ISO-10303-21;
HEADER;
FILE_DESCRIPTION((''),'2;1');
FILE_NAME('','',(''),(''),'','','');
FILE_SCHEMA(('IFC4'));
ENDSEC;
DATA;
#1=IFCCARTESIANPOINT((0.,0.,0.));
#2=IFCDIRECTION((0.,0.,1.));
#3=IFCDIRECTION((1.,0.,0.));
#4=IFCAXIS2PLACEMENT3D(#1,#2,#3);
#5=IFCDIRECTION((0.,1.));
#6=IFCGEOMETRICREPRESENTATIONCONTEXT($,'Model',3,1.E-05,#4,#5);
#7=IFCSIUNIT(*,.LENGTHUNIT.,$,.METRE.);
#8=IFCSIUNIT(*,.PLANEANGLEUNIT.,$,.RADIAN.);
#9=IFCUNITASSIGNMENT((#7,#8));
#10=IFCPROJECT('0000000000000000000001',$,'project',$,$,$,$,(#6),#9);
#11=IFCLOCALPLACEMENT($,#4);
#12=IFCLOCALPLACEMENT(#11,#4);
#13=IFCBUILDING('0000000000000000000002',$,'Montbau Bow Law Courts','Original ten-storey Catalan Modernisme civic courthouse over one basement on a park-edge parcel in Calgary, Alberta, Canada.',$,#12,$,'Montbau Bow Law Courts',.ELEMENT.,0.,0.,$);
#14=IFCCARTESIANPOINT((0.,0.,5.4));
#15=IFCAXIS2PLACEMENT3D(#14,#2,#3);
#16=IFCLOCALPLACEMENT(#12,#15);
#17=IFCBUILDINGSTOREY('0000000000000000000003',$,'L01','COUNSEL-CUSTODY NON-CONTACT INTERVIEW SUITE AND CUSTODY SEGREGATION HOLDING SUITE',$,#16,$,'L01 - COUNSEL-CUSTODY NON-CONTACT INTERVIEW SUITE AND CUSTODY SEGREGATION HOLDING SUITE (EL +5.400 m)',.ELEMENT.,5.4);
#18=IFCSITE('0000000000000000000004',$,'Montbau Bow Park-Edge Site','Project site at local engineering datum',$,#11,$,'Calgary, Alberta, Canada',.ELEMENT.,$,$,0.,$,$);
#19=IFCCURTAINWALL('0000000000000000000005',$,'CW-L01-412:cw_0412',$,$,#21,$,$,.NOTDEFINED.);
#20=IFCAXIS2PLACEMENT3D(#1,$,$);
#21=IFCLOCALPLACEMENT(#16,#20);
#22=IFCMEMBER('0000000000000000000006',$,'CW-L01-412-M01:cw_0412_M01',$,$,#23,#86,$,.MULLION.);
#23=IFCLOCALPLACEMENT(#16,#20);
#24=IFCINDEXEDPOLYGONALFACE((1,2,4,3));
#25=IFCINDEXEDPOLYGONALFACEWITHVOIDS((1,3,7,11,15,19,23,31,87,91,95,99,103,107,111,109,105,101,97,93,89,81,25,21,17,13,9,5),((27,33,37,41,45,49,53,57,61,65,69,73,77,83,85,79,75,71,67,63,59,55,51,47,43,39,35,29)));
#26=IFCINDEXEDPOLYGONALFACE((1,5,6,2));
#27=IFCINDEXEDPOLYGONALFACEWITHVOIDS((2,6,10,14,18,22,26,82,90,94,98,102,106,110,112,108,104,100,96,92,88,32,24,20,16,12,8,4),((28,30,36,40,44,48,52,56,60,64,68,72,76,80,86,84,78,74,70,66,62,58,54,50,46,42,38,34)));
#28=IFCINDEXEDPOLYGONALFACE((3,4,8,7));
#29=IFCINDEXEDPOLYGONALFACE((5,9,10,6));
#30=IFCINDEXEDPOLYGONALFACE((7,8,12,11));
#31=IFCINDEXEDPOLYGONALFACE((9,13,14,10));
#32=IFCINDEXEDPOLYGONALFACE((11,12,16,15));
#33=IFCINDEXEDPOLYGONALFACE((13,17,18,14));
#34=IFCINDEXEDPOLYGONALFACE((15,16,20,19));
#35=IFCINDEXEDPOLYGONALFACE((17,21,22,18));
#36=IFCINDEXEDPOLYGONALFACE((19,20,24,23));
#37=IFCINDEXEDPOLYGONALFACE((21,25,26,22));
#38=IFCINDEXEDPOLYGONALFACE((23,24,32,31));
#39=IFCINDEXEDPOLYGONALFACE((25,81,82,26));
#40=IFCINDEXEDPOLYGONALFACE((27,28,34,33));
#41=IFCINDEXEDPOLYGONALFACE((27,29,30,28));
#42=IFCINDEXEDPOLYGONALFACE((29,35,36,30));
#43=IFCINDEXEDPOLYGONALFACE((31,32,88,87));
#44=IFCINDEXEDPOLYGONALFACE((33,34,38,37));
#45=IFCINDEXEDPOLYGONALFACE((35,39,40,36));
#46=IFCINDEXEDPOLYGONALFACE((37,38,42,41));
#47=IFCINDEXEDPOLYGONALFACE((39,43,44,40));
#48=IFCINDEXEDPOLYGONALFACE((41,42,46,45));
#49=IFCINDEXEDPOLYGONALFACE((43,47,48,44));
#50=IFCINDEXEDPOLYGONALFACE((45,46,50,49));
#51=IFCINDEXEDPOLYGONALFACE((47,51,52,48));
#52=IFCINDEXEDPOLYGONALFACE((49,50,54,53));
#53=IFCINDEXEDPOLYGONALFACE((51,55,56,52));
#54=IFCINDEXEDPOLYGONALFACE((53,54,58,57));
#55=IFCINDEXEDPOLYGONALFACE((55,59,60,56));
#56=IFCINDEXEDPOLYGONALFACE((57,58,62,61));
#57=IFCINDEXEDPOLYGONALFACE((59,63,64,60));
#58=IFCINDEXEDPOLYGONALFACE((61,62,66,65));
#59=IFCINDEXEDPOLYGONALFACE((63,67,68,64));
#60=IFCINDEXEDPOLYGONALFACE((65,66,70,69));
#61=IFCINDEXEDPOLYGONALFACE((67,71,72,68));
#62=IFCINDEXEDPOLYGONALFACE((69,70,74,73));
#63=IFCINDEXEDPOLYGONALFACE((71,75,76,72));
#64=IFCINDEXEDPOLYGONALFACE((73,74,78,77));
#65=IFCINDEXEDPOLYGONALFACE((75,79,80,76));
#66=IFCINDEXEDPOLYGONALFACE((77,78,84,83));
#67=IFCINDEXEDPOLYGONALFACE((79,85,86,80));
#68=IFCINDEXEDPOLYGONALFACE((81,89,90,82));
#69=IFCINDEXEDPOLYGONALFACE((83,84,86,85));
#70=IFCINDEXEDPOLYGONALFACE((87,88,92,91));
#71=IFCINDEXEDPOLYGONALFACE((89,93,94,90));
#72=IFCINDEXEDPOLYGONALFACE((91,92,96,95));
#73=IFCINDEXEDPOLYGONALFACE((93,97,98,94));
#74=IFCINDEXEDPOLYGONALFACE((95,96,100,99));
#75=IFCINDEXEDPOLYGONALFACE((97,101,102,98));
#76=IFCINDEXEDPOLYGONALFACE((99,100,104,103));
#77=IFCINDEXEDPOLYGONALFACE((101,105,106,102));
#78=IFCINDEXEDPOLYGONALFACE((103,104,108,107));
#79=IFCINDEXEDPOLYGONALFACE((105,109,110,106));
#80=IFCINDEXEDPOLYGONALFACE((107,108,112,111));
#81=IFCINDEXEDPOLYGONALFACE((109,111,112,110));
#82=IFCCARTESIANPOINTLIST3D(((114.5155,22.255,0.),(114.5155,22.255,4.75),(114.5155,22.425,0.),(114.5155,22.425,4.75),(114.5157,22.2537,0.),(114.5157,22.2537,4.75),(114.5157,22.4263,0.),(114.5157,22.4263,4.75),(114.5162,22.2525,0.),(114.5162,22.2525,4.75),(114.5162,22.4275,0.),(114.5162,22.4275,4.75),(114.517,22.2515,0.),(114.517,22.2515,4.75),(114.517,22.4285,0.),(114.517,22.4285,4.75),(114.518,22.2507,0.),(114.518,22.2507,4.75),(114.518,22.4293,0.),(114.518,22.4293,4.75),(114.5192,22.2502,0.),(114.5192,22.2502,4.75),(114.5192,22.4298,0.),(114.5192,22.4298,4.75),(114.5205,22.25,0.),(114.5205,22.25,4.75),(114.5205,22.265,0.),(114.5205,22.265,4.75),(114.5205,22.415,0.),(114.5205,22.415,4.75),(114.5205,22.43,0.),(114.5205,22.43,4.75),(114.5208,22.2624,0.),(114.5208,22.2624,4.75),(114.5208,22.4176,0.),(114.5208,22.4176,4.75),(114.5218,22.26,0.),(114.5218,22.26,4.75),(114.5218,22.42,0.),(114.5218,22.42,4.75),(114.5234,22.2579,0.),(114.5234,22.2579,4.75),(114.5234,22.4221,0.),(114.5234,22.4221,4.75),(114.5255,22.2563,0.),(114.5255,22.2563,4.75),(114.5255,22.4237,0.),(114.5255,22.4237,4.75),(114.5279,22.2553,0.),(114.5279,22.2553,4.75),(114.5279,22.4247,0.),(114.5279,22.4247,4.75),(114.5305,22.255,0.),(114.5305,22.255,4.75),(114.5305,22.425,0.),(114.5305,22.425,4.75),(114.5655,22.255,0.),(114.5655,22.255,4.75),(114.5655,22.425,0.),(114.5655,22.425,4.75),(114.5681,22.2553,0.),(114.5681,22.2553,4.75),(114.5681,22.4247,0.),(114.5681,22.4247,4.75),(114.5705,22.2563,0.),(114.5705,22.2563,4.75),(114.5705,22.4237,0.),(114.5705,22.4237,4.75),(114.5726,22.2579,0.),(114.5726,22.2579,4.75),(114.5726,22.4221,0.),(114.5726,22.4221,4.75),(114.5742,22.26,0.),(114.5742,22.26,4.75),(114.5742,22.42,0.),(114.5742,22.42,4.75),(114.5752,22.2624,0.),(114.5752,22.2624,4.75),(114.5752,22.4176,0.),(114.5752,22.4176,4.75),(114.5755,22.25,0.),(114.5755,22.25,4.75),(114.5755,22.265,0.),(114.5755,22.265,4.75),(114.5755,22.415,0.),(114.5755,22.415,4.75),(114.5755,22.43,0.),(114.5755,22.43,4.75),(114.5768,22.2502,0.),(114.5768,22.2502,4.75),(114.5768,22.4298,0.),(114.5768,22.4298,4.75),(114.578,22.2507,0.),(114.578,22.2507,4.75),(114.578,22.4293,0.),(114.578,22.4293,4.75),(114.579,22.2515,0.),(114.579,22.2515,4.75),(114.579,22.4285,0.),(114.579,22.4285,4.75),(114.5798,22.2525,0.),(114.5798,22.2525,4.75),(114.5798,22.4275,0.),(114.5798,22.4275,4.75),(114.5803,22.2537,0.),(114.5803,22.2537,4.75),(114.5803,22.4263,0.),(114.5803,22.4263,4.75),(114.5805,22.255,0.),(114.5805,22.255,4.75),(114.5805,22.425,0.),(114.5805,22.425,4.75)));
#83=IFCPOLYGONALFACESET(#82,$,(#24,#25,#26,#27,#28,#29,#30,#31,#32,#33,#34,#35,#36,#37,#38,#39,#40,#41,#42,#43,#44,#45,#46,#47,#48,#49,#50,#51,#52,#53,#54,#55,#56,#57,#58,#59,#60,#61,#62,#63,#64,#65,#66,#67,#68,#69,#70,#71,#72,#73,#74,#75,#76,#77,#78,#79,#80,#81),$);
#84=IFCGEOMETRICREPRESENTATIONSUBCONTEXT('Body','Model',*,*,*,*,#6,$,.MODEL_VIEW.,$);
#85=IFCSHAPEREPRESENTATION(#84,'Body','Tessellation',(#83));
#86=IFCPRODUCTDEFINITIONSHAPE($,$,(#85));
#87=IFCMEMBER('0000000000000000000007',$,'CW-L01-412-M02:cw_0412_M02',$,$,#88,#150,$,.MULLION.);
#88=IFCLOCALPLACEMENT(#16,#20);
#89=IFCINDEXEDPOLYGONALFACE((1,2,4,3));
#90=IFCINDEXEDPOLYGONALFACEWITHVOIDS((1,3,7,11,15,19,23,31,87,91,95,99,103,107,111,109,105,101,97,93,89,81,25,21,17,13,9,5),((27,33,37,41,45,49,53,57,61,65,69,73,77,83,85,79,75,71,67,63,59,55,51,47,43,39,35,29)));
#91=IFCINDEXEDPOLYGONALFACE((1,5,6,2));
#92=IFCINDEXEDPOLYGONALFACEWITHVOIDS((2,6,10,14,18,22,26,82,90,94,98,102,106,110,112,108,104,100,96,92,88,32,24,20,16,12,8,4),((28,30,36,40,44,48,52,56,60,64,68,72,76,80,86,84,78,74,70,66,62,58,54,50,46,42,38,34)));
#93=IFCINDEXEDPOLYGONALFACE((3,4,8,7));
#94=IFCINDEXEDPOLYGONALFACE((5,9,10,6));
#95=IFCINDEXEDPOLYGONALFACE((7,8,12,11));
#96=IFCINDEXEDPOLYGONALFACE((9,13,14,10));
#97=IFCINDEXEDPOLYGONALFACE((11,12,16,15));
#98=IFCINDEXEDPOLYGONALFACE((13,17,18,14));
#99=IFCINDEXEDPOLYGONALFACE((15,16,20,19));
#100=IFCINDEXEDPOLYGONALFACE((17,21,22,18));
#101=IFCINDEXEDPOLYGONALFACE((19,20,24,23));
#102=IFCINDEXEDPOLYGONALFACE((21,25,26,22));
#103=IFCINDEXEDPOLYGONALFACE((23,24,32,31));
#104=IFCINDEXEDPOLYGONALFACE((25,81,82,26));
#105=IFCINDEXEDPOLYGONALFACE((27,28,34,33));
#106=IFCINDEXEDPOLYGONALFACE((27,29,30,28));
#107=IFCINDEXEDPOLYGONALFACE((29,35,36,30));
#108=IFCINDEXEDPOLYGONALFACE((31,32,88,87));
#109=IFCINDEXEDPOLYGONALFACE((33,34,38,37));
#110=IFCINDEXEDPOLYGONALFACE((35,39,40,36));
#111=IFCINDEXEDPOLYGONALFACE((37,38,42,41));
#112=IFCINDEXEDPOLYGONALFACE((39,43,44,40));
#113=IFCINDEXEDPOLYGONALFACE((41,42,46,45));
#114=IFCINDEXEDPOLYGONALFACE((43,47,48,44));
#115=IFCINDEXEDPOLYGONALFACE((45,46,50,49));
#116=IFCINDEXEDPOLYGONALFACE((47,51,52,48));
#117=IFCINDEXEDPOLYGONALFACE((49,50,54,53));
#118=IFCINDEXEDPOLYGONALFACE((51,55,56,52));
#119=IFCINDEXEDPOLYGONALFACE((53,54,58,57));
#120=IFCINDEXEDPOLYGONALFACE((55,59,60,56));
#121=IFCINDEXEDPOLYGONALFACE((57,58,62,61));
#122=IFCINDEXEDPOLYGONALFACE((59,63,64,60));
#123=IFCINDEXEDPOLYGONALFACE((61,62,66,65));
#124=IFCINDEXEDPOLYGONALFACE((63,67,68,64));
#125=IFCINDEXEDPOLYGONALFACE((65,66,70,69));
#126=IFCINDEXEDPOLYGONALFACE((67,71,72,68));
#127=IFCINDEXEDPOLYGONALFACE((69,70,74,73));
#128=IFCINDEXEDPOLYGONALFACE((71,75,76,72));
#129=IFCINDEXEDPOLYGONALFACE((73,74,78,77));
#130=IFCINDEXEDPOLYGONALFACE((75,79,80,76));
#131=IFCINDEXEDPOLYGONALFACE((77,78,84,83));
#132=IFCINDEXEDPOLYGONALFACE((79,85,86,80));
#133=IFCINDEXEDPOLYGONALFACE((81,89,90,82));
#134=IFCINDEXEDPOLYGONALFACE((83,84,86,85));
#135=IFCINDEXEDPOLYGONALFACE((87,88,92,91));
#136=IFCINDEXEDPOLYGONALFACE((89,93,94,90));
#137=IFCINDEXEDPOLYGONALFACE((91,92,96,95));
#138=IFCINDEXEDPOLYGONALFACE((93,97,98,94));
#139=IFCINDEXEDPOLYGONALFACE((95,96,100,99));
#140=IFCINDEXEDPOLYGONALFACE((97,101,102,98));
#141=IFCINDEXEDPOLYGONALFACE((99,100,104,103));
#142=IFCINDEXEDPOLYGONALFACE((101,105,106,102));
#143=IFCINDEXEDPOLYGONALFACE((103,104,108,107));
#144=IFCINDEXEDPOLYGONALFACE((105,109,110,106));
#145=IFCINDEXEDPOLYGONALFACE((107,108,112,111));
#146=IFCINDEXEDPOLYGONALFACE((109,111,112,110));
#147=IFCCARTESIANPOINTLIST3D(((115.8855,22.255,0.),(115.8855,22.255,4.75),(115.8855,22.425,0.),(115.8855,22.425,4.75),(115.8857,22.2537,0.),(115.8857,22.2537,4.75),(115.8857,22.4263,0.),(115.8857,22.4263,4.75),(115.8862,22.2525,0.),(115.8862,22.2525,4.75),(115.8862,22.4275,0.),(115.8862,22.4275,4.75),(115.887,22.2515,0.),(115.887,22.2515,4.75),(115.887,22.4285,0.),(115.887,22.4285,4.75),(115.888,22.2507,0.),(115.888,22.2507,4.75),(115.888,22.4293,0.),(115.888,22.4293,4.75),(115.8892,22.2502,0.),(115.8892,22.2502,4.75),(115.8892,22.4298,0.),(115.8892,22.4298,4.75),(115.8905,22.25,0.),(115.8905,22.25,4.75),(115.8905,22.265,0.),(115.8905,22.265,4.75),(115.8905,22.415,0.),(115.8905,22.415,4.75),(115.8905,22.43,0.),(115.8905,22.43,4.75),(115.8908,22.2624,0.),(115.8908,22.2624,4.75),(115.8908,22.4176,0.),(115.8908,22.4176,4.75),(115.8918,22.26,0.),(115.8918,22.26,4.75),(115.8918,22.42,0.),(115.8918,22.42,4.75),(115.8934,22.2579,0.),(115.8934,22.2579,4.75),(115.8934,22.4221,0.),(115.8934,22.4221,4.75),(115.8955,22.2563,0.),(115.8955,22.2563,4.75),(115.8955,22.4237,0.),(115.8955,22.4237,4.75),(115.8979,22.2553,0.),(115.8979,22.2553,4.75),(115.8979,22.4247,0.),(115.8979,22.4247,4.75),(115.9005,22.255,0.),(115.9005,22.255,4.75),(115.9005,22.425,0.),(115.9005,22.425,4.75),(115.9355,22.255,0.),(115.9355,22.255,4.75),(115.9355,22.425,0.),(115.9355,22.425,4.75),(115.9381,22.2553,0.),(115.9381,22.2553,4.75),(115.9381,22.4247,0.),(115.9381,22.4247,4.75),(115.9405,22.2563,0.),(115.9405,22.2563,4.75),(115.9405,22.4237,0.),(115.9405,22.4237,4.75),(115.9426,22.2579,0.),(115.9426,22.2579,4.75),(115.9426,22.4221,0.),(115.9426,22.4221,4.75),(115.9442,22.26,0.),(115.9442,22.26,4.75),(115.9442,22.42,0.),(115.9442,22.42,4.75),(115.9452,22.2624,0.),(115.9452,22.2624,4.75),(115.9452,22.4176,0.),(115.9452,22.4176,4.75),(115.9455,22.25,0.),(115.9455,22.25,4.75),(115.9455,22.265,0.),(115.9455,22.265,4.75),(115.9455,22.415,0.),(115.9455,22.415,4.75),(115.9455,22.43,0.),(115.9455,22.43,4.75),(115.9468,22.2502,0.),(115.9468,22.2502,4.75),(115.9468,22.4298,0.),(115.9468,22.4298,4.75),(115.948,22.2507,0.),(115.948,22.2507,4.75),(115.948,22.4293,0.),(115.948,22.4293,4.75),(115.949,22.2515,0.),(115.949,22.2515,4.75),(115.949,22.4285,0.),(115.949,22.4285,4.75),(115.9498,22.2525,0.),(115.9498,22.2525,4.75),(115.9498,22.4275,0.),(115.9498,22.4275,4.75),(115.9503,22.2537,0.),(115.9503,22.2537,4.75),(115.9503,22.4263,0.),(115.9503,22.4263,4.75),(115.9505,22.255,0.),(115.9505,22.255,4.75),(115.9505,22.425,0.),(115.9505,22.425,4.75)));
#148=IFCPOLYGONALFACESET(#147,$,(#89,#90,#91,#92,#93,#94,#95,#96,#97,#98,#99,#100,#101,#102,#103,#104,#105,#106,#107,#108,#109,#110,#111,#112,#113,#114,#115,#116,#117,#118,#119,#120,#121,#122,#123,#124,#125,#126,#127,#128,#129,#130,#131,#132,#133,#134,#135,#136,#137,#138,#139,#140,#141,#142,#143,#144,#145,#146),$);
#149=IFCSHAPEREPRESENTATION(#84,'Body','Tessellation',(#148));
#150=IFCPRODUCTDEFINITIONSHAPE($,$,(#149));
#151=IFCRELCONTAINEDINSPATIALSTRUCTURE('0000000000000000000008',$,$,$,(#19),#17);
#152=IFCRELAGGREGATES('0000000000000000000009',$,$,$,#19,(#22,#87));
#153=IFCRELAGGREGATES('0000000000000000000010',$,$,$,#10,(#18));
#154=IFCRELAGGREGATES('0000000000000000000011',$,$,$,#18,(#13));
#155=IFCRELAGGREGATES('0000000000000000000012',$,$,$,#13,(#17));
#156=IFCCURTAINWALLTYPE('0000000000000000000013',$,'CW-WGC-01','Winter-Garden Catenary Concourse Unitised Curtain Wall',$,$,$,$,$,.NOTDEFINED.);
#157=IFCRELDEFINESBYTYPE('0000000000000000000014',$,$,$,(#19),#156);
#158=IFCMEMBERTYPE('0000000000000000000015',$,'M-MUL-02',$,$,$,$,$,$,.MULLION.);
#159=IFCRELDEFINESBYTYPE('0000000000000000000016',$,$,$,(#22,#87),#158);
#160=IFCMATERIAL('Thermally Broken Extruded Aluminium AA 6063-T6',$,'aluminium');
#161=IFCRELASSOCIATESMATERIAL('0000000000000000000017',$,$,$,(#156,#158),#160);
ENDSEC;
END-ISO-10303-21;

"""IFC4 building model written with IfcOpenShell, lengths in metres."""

from ifc_helpers import new_model, si_unit, direction, frame, origin_with_axes, origin_2d_with_axis, place, context, subcontext, project, spatial, hollow_rectangle, extrude, material, material_profile, profile_set, type_object, element, aggregate, save


model = new_model("IFC4")

# Units and contexts
model_context = context("Model", 3, precision=1e-05, world=origin_with_axes(), true_north=direction((0.0, 1.0)))
body_context = subcontext(model_context, "Body", "Model", "MODEL_VIEW")
ifc_project = project(units=[si_unit("LENGTHUNIT", "METRE"), si_unit("PLANEANGLEUNIT", "RADIAN")], contexts=[model_context])

# Site, building, storey
site_placement = place(None, origin_with_axes())
site = spatial("IfcSite", under=ifc_project, at=site_placement, Name="Montbau Bow Park-Edge Site", Description="Project site at local engineering datum", LongName="Calgary, Alberta, Canada", CompositionType="ELEMENT", RefElevation=0.0)
building_placement = place(site_placement, origin_with_axes())
building = spatial("IfcBuilding", under=site, at=building_placement, Name="Montbau Bow Law Courts", Description="Original ten-storey Catalan Modernisme civic courthouse over one basement on a park-edge parcel in Calgary, Alberta, Canada.", LongName="Montbau Bow Law Courts", CompositionType="ELEMENT", ElevationOfRefHeight=0.0, ElevationOfTerrain=0.0)
storey_placement = place(building_placement, frame((0.0, 0.0, 5.4), z_axis=(0.0, 0.0, 1.0), x_axis=(1.0, 0.0, 0.0)))
storey = spatial("IfcBuildingStorey", under=building, at=storey_placement, Name="L01", Description="COUNSEL-CUSTODY NON-CONTACT INTERVIEW SUITE AND CUSTODY SEGREGATION HOLDING SUITE", LongName="L01 - COUNSEL-CUSTODY NON-CONTACT INTERVIEW SUITE AND CUSTODY SEGREGATION HOLDING SUITE (EL +5.400 m)", CompositionType="ELEMENT", Elevation=5.4)

# Shared definitions
ifc_material_1 = material(Name="Thermally Broken Extruded Aluminium AA 6063-T6", Category="aluminium")
curtain_wall_type = type_object("IfcCurtainWallType", Name="CW-WGC-01", Description="Winter-Garden Catenary Concourse Unitised Curtain Wall", PredefinedType="NOTDEFINED", material=ifc_material_1)

# Curtain wall, members
curtain_wall_1_placement = place(None, frame((114.515, 22.34, 5.4), z_axis=(0.0, 0.0, 1.0), x_axis=(1.0, 0.0, 0.0)))
curtain_wall_1 = element("IfcCurtainWall", 1, at=curtain_wall_1_placement, inside=storey, type_object=curtain_wall_type, Name="CW-L01-412:cw_0412", PredefinedType="NOTDEFINED")
ifc_material_profile_1 = material_profile(ifc_material_1, hollow_rectangle(XDim=0.065, YDim=0.18, WallThickness=0.005, InnerFilletRadius=0.01, OuterFilletRadius=0.005, at=origin_2d_with_axis()), Name="CWM-180X65", Category="Main", Priority=0)
ifc_profile_set_1 = profile_set([ifc_material_profile_1], Name="Thermally Broken Extruded Aluminium AA 6063-T6")
member_type_1 = type_object("IfcMemberType", Name="M-MUL-02", PredefinedType="MULLION", material=ifc_profile_set_1)
member_1_placement = place(None, frame((114.548, 22.34, 5.4), z_axis=(0.0, 0.0, 1.0), x_axis=(1.0, 0.0, 0.0)))
member_1 = element("IfcMember", 2, at=member_1_placement, type_object=member_type_1, Name="CW-L01-412-M01:cw_0412_M01", PredefinedType="MULLION", context=body_context, shape_type="SweptSolid", body=[
    extrude(hollow_rectangle(XDim=0.065, YDim=0.18, WallThickness=0.005, InnerFilletRadius=0.01, OuterFilletRadius=0.005, at=origin_2d_with_axis()), origin_with_axes(), (0.0, 0.0, 1.0), 4.75),
])
member_2_placement = place(None, frame((115.918, 22.34, 5.4), z_axis=(0.0, 0.0, 1.0), x_axis=(1.0, 0.0, 0.0)))
member_2 = element("IfcMember", 3, at=member_2_placement, type_object=member_type_1, Name="CW-L01-412-M02:cw_0412_M02", PredefinedType="MULLION", context=body_context, shape_type="SweptSolid", body=[
    extrude(hollow_rectangle(XDim=0.065, YDim=0.18, WallThickness=0.005, InnerFilletRadius=0.01, OuterFilletRadius=0.005, at=origin_2d_with_axis()), origin_with_axes(), (0.0, 0.0, 1.0), 4.75),
])
aggregate(curtain_wall_1, [member_1, member_2])

save(model, "model.ifc")
